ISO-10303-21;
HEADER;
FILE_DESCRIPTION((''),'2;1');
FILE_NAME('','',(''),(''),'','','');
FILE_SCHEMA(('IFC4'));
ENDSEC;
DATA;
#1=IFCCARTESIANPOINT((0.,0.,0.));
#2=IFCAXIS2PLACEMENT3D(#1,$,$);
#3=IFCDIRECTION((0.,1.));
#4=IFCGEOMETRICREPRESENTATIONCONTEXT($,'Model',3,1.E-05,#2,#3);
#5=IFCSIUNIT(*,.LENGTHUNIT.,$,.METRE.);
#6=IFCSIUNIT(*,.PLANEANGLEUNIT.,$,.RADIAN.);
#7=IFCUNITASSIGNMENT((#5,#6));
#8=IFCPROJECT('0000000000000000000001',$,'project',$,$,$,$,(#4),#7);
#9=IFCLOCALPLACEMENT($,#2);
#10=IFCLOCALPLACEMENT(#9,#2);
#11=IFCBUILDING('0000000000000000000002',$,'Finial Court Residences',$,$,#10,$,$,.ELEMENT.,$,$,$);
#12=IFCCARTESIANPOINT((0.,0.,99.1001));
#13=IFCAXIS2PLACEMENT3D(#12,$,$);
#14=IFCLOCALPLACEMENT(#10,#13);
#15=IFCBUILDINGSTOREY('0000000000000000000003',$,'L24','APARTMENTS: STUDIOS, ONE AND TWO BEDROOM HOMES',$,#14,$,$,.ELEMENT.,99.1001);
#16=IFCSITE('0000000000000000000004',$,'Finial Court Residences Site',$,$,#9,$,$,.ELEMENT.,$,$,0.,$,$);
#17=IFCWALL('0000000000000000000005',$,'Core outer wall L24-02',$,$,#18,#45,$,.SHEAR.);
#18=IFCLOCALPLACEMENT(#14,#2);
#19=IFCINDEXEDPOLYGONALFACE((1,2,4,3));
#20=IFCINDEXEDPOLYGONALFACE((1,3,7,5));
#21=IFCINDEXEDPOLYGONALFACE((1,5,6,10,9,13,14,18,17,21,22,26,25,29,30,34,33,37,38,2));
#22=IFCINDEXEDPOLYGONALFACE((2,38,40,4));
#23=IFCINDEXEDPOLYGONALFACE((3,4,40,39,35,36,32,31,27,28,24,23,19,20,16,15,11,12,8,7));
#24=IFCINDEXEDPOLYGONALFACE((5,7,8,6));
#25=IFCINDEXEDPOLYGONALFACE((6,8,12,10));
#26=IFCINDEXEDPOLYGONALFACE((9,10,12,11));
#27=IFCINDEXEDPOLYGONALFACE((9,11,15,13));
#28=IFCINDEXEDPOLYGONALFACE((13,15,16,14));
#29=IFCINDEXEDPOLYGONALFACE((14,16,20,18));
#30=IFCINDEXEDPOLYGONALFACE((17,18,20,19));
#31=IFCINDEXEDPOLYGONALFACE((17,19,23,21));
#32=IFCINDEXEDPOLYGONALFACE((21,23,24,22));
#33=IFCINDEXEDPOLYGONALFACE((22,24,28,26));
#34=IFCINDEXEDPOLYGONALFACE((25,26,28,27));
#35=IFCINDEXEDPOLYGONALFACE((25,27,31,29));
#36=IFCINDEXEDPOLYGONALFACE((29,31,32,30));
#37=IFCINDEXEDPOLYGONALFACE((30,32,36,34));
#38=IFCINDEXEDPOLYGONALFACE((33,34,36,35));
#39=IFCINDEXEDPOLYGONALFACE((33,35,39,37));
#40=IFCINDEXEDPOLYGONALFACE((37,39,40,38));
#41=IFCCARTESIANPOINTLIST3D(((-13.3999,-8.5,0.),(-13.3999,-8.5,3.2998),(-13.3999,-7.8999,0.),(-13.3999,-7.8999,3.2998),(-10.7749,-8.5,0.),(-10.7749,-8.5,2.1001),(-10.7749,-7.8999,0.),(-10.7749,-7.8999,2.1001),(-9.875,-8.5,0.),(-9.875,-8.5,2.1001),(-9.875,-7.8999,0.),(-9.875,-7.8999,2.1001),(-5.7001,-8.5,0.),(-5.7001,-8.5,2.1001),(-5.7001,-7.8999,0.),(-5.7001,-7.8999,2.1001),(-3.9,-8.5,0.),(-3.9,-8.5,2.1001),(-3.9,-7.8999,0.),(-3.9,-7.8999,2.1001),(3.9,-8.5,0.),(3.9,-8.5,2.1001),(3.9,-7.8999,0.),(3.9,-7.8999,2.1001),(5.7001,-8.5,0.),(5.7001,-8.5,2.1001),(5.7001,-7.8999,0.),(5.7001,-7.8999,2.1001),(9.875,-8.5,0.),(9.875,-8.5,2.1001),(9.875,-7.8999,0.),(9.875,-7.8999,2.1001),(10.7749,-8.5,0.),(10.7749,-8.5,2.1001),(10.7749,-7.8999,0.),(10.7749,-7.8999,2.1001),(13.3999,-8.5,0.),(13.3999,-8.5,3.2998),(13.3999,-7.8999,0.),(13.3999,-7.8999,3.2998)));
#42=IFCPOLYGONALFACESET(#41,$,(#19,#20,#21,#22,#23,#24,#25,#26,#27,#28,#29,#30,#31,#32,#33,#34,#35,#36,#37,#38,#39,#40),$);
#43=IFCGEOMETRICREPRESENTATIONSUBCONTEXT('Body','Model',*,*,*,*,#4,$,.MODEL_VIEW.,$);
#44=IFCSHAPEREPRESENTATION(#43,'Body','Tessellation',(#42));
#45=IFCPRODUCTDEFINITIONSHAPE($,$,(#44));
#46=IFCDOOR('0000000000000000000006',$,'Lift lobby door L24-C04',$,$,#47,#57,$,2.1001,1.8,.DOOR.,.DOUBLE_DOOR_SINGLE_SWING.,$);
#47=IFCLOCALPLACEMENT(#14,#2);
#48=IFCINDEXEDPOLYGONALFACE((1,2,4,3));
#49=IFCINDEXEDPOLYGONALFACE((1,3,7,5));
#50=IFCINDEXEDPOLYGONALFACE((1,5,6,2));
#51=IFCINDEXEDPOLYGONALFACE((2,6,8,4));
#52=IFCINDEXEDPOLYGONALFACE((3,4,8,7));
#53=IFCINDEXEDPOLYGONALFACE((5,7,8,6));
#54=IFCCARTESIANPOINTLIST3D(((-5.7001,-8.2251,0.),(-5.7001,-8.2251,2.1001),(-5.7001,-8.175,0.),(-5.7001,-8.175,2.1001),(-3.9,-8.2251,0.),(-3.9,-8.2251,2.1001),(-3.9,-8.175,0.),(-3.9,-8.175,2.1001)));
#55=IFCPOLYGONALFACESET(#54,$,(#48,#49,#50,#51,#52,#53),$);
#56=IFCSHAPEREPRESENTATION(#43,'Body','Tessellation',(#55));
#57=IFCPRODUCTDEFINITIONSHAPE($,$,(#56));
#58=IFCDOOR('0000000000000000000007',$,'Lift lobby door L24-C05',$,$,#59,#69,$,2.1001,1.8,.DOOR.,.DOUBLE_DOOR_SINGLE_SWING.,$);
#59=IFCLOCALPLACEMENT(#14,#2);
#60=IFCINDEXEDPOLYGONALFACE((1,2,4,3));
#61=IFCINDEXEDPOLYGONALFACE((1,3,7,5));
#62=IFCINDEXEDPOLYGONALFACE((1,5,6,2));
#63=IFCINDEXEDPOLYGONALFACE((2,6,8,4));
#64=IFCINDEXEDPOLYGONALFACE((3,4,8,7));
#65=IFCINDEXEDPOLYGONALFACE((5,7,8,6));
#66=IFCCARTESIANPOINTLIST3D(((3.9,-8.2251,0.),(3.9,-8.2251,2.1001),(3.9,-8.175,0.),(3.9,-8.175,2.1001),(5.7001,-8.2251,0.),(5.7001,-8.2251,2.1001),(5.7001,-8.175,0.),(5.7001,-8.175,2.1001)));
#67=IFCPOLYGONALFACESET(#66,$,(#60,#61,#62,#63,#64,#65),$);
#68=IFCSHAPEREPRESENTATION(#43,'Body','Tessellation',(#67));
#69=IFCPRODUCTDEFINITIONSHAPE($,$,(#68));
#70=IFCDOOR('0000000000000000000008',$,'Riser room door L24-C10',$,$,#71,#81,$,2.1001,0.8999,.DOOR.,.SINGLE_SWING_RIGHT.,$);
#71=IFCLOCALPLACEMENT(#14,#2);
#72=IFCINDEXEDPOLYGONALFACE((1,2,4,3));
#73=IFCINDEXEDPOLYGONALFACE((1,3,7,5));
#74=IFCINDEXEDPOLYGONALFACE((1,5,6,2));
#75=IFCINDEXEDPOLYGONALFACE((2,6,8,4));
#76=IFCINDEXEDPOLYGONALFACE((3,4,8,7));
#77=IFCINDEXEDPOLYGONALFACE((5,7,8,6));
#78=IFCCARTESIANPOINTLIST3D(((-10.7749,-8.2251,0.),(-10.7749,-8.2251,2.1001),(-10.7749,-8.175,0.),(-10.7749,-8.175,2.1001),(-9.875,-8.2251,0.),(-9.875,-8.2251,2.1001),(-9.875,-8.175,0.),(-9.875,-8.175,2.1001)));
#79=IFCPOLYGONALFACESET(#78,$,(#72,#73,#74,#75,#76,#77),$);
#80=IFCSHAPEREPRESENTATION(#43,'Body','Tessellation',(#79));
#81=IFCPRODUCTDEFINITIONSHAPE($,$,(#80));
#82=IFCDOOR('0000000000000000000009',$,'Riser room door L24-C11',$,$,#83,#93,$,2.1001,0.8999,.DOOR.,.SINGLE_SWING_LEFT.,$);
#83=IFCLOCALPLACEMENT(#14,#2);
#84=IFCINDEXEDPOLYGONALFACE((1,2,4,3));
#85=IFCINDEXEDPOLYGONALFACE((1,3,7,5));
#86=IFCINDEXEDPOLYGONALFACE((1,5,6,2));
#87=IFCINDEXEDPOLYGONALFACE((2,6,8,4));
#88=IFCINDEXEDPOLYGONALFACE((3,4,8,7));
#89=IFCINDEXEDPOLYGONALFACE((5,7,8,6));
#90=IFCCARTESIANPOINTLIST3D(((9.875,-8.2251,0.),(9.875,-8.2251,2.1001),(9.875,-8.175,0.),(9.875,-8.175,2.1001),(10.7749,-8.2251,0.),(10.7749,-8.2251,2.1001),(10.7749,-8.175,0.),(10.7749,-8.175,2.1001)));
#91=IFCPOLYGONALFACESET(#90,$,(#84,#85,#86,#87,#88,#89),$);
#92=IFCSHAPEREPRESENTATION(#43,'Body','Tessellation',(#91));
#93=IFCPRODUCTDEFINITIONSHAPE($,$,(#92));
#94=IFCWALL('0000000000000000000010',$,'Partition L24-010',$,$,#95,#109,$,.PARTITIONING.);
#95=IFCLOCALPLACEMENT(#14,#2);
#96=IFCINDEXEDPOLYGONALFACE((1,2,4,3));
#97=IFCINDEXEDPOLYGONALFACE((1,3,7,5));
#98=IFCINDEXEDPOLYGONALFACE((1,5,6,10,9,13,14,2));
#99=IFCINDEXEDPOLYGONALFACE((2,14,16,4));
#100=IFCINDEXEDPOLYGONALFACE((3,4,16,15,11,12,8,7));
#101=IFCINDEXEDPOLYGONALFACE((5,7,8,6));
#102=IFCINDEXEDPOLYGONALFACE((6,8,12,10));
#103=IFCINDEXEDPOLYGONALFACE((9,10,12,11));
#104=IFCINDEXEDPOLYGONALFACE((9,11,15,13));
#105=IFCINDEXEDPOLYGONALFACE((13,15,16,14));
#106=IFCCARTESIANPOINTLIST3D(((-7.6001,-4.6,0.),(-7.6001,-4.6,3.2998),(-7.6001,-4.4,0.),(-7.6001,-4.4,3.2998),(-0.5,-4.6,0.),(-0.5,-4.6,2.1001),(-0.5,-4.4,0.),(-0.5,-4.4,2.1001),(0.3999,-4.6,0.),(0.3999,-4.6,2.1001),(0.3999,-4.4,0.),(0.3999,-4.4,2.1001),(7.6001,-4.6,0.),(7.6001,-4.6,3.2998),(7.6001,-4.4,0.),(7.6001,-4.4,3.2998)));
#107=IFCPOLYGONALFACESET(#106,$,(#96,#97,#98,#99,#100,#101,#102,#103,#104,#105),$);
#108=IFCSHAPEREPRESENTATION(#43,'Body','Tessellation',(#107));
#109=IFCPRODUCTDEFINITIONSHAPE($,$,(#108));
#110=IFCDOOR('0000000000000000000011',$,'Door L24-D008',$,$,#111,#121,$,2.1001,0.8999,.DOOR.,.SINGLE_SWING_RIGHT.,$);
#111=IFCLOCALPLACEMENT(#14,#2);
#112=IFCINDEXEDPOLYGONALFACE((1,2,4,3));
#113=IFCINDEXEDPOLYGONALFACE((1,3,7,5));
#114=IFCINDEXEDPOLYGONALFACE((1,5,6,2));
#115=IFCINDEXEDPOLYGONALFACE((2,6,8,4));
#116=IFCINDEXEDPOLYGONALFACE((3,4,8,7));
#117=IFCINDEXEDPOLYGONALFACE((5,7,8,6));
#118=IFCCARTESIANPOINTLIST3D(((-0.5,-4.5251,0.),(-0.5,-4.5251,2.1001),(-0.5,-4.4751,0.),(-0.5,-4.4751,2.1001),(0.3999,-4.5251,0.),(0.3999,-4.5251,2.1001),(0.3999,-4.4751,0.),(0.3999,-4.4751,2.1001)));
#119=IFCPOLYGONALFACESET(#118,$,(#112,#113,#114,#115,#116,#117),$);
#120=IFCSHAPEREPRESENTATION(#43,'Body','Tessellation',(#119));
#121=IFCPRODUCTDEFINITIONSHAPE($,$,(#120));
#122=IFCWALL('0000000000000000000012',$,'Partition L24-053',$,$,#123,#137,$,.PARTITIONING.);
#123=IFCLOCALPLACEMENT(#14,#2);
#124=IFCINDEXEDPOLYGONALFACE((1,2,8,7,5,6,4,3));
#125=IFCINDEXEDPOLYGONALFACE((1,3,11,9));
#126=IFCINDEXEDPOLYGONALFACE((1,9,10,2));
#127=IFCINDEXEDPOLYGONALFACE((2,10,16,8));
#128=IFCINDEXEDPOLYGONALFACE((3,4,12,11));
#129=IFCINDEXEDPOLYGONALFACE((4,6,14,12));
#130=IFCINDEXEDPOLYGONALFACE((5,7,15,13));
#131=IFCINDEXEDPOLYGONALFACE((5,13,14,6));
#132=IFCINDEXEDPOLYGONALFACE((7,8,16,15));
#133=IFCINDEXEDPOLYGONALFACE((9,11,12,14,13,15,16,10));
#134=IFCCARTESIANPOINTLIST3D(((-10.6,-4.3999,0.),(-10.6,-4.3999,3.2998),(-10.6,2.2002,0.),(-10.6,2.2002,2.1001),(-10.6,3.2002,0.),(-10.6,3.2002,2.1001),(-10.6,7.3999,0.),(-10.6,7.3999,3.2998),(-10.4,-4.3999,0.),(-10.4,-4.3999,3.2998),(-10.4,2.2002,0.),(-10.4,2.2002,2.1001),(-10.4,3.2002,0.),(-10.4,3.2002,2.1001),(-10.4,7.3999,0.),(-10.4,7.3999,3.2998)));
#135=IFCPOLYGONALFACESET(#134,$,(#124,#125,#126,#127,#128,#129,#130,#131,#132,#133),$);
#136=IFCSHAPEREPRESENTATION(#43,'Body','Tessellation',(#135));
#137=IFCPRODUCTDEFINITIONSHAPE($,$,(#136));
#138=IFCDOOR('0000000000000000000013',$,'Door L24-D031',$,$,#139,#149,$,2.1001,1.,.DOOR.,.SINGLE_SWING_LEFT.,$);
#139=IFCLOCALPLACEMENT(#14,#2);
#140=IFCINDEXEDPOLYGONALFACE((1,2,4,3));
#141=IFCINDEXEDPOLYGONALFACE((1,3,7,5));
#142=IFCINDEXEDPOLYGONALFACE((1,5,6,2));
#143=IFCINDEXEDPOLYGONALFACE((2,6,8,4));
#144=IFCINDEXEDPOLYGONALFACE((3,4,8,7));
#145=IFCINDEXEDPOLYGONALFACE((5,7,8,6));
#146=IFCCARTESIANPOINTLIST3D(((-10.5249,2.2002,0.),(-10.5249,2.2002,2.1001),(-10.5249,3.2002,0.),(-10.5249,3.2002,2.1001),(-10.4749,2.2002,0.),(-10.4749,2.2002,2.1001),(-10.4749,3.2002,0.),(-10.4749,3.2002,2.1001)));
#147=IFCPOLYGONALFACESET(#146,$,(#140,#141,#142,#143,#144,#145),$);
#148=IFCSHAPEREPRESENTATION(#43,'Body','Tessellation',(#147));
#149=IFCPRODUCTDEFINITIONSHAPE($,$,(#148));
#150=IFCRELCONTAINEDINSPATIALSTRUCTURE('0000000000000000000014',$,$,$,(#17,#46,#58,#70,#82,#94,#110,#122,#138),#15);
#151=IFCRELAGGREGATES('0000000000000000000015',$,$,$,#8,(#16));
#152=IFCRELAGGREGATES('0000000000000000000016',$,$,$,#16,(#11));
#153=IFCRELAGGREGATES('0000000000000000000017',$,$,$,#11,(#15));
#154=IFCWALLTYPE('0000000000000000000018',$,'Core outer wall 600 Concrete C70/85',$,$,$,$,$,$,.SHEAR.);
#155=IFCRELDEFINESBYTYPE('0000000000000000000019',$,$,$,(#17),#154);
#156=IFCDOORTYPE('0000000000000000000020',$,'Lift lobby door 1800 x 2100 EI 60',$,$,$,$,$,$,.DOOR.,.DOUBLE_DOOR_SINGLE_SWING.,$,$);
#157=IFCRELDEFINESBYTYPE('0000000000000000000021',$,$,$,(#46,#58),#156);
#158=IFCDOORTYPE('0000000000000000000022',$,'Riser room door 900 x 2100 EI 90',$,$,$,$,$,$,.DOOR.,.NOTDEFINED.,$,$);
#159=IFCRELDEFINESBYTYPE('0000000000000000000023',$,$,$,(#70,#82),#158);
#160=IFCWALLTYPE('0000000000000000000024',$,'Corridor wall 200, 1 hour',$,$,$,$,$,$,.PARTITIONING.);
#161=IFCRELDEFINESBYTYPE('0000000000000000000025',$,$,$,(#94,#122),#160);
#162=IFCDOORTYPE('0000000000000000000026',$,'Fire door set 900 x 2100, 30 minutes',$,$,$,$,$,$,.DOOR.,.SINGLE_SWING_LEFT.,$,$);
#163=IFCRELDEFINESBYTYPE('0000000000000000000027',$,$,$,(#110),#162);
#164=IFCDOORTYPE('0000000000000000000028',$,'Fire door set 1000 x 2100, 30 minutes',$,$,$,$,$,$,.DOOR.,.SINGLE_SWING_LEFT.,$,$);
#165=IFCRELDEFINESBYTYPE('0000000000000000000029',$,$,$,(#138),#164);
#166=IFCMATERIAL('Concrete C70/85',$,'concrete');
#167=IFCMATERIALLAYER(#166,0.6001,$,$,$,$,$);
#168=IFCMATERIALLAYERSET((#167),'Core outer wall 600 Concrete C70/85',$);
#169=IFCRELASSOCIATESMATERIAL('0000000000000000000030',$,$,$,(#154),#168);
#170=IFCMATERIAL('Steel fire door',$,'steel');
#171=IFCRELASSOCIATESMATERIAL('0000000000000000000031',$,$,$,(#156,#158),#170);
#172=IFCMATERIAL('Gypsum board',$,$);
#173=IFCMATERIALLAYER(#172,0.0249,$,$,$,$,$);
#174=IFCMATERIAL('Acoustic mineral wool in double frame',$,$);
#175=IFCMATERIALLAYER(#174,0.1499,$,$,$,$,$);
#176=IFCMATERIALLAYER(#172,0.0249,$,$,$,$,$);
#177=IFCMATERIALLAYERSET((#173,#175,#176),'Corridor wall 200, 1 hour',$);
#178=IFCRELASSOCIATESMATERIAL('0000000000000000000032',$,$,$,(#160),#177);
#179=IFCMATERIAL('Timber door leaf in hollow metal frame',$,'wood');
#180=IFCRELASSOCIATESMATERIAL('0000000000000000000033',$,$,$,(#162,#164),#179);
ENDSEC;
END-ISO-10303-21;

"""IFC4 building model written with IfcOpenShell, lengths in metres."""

from ifc_helpers import new_model, si_unit, direction, frame, frame_2d, origin, place, context, subcontext, project, spatial, rectangle, extrude, material, layer, layer_set, type_object, element, fill, save


model = new_model("IFC4")

# Units and contexts
model_context = context("Model", 3, precision=1e-05, world=origin(), true_north=direction((0.0, 1.0)))
body_context = subcontext(model_context, "Body", "Model", "MODEL_VIEW")
ifc_project = project(units=[si_unit("LENGTHUNIT", "METRE"), si_unit("PLANEANGLEUNIT", "RADIAN")], contexts=[model_context])

# Site, building, storey
site_placement = place(None, origin())
site = spatial("IfcSite", under=ifc_project, at=site_placement, Name="Finial Court Residences Site", CompositionType="ELEMENT", RefElevation=0.0)
building_placement = place(site_placement, origin())
building = spatial("IfcBuilding", under=site, at=building_placement, Name="Finial Court Residences", CompositionType="ELEMENT")
storey_placement = place(building_placement, frame((0.0, 0.0, 99.1001)))
storey = spatial("IfcBuildingStorey", under=building, at=storey_placement, Name="L24", Description="APARTMENTS: STUDIOS, ONE AND TWO BEDROOM HOMES", CompositionType="ELEMENT", Elevation=99.1001)

# Shared definitions
ifc_material_1 = material(Name="Concrete C70/85", Category="concrete")

# Wall, openings, doors
ifc_layer_1 = layer(ifc_material_1, 0.6001)
ifc_layer_set_1 = layer_set([ifc_layer_1], Name="Core outer wall 600 Concrete C70/85")
wall_type_1 = type_object("IfcWallType", Name="Core outer wall 600 Concrete C70/85", PredefinedType="SHEAR", material=ifc_layer_set_1)
wall_1_placement = place(storey_placement, frame((-13.3999, -8.2, 0.0), z_axis=(0.0, 0.0, 1.0), x_axis=(1.0, 0.0, 0.0)))
wall_1 = element("IfcWall", 1, at=wall_1_placement, inside=storey, type_object=wall_type_1, Name="Core outer wall L24-02", PredefinedType="SHEAR", context=body_context, shape_type="SweptSolid", body=[
    extrude(rectangle(XDim=26.7998, YDim=0.6001, at=frame_2d((13.3999, 0.0))), origin(), (0.0, 0.0, 1.0), 3.2998),
])
opening_1_placement = place(wall_1_placement, frame((7.7, 0.0, 0.0)))
opening_1 = element("IfcOpeningElement", 2, at=opening_1_placement, cuts=wall_1, PredefinedType="OPENING", context=body_context, shape_type="SweptSolid", body=[
    extrude(rectangle(XDim=1.8, YDim=2.1001, at=frame_2d((0.8999, 1.05))), frame((0.0, 0.3101, 0.0), z_axis=(0.0, -1.0, 0.0), x_axis=(1.0, 0.0, 0.0)), (0.0, 0.0, 1.0), 0.6201),
])
opening_2_placement = place(wall_1_placement, frame((17.3, 0.0, 0.0)))
opening_2 = element("IfcOpeningElement", 3, at=opening_2_placement, cuts=wall_1, PredefinedType="OPENING", context=body_context, shape_type="SweptSolid", body=[
    extrude(rectangle(XDim=1.8, YDim=2.1001, at=frame_2d((0.8999, 1.05))), frame((0.0, 0.3101, 0.0), z_axis=(0.0, -1.0, 0.0), x_axis=(1.0, 0.0, 0.0)), (0.0, 0.0, 1.0), 0.6201),
])
opening_3_placement = place(wall_1_placement, frame((2.625, 0.0, 0.0)))
opening_3 = element("IfcOpeningElement", 4, at=opening_3_placement, cuts=wall_1, PredefinedType="OPENING", context=body_context, shape_type="SweptSolid", body=[
    extrude(rectangle(XDim=0.8999, YDim=2.1001, at=frame_2d((0.45, 1.05))), frame((0.0, 0.3101, 0.0), z_axis=(0.0, -1.0, 0.0), x_axis=(1.0, 0.0, 0.0)), (0.0, 0.0, 1.0), 0.6201),
])
opening_4_placement = place(wall_1_placement, frame((23.2749, 0.0, 0.0)))
opening_4 = element("IfcOpeningElement", 5, at=opening_4_placement, cuts=wall_1, PredefinedType="OPENING", context=body_context, shape_type="SweptSolid", body=[
    extrude(rectangle(XDim=0.8999, YDim=2.1001, at=frame_2d((0.45, 1.05))), frame((0.0, 0.3101, 0.0), z_axis=(0.0, -1.0, 0.0), x_axis=(1.0, 0.0, 0.0)), (0.0, 0.0, 1.0), 0.6201),
])
ifc_material_2 = material(Name="Steel fire door", Category="steel")
door_type_1 = type_object("IfcDoorType", Name="Lift lobby door 1800 x 2100 EI 60", OperationType="DOUBLE_DOOR_SINGLE_SWING", PredefinedType="DOOR", material=ifc_material_2)
door_1_placement = place(opening_1_placement, origin())
door_1 = element("IfcDoor", 6, at=door_1_placement, inside=storey, type_object=door_type_1, Name="Lift lobby door L24-C04", OperationType="DOUBLE_DOOR_SINGLE_SWING", OverallHeight=2.1001, OverallWidth=1.8, PredefinedType="DOOR", context=body_context, shape_type="SweptSolid", body=[
    extrude(rectangle(XDim=1.8, YDim=2.1001, at=frame_2d((0.8999, 1.05))), frame((0.0, 0.0249, 0.0), z_axis=(0.0, -1.0, 0.0), x_axis=(1.0, 0.0, 0.0)), (0.0, 0.0, 1.0), 0.05),
])
fill(opening_1, door_1)
door_2_placement = place(opening_2_placement, origin())
door_2 = element("IfcDoor", 7, at=door_2_placement, inside=storey, type_object=door_type_1, Name="Lift lobby door L24-C05", OperationType="DOUBLE_DOOR_SINGLE_SWING", OverallHeight=2.1001, OverallWidth=1.8, PredefinedType="DOOR", context=body_context, shape_type="SweptSolid", body=[
    extrude(rectangle(XDim=1.8, YDim=2.1001, at=frame_2d((0.8999, 1.05))), frame((0.0, 0.0249, 0.0), z_axis=(0.0, -1.0, 0.0), x_axis=(1.0, 0.0, 0.0)), (0.0, 0.0, 1.0), 0.05),
])
fill(opening_2, door_2)
door_type_2 = type_object("IfcDoorType", Name="Riser room door 900 x 2100 EI 90", OperationType="NOTDEFINED", PredefinedType="DOOR", material=ifc_material_2)
door_3_placement = place(opening_3_placement, origin())
door_3 = element("IfcDoor", 8, at=door_3_placement, inside=storey, type_object=door_type_2, Name="Riser room door L24-C10", OperationType="SINGLE_SWING_RIGHT", OverallHeight=2.1001, OverallWidth=0.8999, PredefinedType="DOOR", context=body_context, shape_type="SweptSolid", body=[
    extrude(rectangle(XDim=0.8999, YDim=2.1001, at=frame_2d((0.45, 1.05))), frame((0.0, 0.0249, 0.0), z_axis=(0.0, -1.0, 0.0), x_axis=(1.0, 0.0, 0.0)), (0.0, 0.0, 1.0), 0.05),
])
fill(opening_3, door_3)
door_4_placement = place(opening_4_placement, origin())
door_4 = element("IfcDoor", 9, at=door_4_placement, inside=storey, type_object=door_type_2, Name="Riser room door L24-C11", OperationType="SINGLE_SWING_LEFT", OverallHeight=2.1001, OverallWidth=0.8999, PredefinedType="DOOR", context=body_context, shape_type="SweptSolid", body=[
    extrude(rectangle(XDim=0.8999, YDim=2.1001, at=frame_2d((0.45, 1.05))), frame((0.0, 0.0249, 0.0), z_axis=(0.0, -1.0, 0.0), x_axis=(1.0, 0.0, 0.0)), (0.0, 0.0, 1.0), 0.05),
])
fill(opening_4, door_4)

# Walls, openings, doors
ifc_material_3 = material(Name="Gypsum board")
ifc_layer_2 = layer(ifc_material_3, 0.0249)
ifc_material_4 = material(Name="Acoustic mineral wool in double frame")
ifc_layer_3 = layer(ifc_material_4, 0.1499)
ifc_layer_4 = layer(ifc_material_3, 0.0249)
ifc_layer_set_2 = layer_set([ifc_layer_2, ifc_layer_3, ifc_layer_4], Name="Corridor wall 200, 1 hour")
wall_type_2 = type_object("IfcWallType", Name="Corridor wall 200, 1 hour", PredefinedType="PARTITIONING", material=ifc_layer_set_2)
wall_2_placement = place(storey_placement, frame((-7.6001, -4.5, 0.0), z_axis=(0.0, 0.0, 1.0), x_axis=(1.0, 0.0, 0.0)))
wall_2 = element("IfcWall", 10, at=wall_2_placement, inside=storey, type_object=wall_type_2, Name="Partition L24-010", PredefinedType="PARTITIONING", context=body_context, shape_type="SweptSolid", body=[
    extrude(rectangle(XDim=15.2002, YDim=0.2, at=frame_2d((7.6001, 0.0))), origin(), (0.0, 0.0, 1.0), 3.2998),
])
opening_5_placement = place(wall_2_placement, frame((7.1001, 0.0, 0.0)))
opening_5 = element("IfcOpeningElement", 11, at=opening_5_placement, cuts=wall_2, PredefinedType="OPENING", context=body_context, shape_type="SweptSolid", body=[
    extrude(rectangle(XDim=0.8999, YDim=2.1001, at=frame_2d((0.45, 1.05))), frame((0.0, 0.1099, 0.0), z_axis=(0.0, -1.0, 0.0), x_axis=(1.0, 0.0, 0.0)), (0.0, 0.0, 1.0), 0.22),
])
ifc_material_5 = material(Name="Timber door leaf in hollow metal frame", Category="wood")
door_type_3 = type_object("IfcDoorType", Name="Fire door set 900 x 2100, 30 minutes", OperationType="SINGLE_SWING_LEFT", PredefinedType="DOOR", material=ifc_material_5)
door_5_placement = place(opening_5_placement, origin())
door_5 = element("IfcDoor", 12, at=door_5_placement, inside=storey, type_object=door_type_3, Name="Door L24-D008", OperationType="SINGLE_SWING_RIGHT", OverallHeight=2.1001, OverallWidth=0.8999, PredefinedType="DOOR", context=body_context, shape_type="SweptSolid", body=[
    extrude(rectangle(XDim=0.8999, YDim=2.1001, at=frame_2d((0.45, 1.05))), frame((0.0, 0.0249, 0.0), z_axis=(0.0, -1.0, 0.0), x_axis=(1.0, 0.0, 0.0)), (0.0, 0.0, 1.0), 0.05),
])
fill(opening_5, door_5)
wall_3_placement = place(storey_placement, frame((-10.5, -4.3999, 0.0), z_axis=(0.0, 0.0, 1.0), x_axis=(0.0, 1.0, 0.0)))
wall_3 = element("IfcWall", 13, at=wall_3_placement, inside=storey, type_object=wall_type_2, Name="Partition L24-053", PredefinedType="PARTITIONING", context=body_context, shape_type="SweptSolid", body=[
    extrude(rectangle(XDim=11.7998, YDim=0.2, at=frame_2d((5.8999, 0.0))), origin(), (0.0, 0.0, 1.0), 3.2998),
])
opening_6_placement = place(wall_3_placement, frame((6.6001, 0.0, 0.0)))
opening_6 = element("IfcOpeningElement", 14, at=opening_6_placement, cuts=wall_3, PredefinedType="OPENING", context=body_context, shape_type="SweptSolid", body=[
    extrude(rectangle(XDim=1.0, YDim=2.1001, at=frame_2d((0.5, 1.05))), frame((0.0, 0.1099, 0.0), z_axis=(0.0, -1.0, 0.0), x_axis=(1.0, 0.0, 0.0)), (0.0, 0.0, 1.0), 0.22),
])
door_type_4 = type_object("IfcDoorType", Name="Fire door set 1000 x 2100, 30 minutes", OperationType="SINGLE_SWING_LEFT", PredefinedType="DOOR", material=ifc_material_5)
door_6_placement = place(opening_6_placement, origin())
door_6 = element("IfcDoor", 15, at=door_6_placement, inside=storey, type_object=door_type_4, Name="Door L24-D031", OperationType="SINGLE_SWING_LEFT", OverallHeight=2.1001, OverallWidth=1.0, PredefinedType="DOOR", context=body_context, shape_type="SweptSolid", body=[
    extrude(rectangle(XDim=1.0, YDim=2.1001, at=frame_2d((0.5, 1.05))), frame((0.0, 0.0249, 0.0), z_axis=(0.0, -1.0, 0.0), x_axis=(1.0, 0.0, 0.0)), (0.0, 0.0, 1.0), 0.05),
])
fill(opening_6, door_6)

save(model, "model.ifc")
